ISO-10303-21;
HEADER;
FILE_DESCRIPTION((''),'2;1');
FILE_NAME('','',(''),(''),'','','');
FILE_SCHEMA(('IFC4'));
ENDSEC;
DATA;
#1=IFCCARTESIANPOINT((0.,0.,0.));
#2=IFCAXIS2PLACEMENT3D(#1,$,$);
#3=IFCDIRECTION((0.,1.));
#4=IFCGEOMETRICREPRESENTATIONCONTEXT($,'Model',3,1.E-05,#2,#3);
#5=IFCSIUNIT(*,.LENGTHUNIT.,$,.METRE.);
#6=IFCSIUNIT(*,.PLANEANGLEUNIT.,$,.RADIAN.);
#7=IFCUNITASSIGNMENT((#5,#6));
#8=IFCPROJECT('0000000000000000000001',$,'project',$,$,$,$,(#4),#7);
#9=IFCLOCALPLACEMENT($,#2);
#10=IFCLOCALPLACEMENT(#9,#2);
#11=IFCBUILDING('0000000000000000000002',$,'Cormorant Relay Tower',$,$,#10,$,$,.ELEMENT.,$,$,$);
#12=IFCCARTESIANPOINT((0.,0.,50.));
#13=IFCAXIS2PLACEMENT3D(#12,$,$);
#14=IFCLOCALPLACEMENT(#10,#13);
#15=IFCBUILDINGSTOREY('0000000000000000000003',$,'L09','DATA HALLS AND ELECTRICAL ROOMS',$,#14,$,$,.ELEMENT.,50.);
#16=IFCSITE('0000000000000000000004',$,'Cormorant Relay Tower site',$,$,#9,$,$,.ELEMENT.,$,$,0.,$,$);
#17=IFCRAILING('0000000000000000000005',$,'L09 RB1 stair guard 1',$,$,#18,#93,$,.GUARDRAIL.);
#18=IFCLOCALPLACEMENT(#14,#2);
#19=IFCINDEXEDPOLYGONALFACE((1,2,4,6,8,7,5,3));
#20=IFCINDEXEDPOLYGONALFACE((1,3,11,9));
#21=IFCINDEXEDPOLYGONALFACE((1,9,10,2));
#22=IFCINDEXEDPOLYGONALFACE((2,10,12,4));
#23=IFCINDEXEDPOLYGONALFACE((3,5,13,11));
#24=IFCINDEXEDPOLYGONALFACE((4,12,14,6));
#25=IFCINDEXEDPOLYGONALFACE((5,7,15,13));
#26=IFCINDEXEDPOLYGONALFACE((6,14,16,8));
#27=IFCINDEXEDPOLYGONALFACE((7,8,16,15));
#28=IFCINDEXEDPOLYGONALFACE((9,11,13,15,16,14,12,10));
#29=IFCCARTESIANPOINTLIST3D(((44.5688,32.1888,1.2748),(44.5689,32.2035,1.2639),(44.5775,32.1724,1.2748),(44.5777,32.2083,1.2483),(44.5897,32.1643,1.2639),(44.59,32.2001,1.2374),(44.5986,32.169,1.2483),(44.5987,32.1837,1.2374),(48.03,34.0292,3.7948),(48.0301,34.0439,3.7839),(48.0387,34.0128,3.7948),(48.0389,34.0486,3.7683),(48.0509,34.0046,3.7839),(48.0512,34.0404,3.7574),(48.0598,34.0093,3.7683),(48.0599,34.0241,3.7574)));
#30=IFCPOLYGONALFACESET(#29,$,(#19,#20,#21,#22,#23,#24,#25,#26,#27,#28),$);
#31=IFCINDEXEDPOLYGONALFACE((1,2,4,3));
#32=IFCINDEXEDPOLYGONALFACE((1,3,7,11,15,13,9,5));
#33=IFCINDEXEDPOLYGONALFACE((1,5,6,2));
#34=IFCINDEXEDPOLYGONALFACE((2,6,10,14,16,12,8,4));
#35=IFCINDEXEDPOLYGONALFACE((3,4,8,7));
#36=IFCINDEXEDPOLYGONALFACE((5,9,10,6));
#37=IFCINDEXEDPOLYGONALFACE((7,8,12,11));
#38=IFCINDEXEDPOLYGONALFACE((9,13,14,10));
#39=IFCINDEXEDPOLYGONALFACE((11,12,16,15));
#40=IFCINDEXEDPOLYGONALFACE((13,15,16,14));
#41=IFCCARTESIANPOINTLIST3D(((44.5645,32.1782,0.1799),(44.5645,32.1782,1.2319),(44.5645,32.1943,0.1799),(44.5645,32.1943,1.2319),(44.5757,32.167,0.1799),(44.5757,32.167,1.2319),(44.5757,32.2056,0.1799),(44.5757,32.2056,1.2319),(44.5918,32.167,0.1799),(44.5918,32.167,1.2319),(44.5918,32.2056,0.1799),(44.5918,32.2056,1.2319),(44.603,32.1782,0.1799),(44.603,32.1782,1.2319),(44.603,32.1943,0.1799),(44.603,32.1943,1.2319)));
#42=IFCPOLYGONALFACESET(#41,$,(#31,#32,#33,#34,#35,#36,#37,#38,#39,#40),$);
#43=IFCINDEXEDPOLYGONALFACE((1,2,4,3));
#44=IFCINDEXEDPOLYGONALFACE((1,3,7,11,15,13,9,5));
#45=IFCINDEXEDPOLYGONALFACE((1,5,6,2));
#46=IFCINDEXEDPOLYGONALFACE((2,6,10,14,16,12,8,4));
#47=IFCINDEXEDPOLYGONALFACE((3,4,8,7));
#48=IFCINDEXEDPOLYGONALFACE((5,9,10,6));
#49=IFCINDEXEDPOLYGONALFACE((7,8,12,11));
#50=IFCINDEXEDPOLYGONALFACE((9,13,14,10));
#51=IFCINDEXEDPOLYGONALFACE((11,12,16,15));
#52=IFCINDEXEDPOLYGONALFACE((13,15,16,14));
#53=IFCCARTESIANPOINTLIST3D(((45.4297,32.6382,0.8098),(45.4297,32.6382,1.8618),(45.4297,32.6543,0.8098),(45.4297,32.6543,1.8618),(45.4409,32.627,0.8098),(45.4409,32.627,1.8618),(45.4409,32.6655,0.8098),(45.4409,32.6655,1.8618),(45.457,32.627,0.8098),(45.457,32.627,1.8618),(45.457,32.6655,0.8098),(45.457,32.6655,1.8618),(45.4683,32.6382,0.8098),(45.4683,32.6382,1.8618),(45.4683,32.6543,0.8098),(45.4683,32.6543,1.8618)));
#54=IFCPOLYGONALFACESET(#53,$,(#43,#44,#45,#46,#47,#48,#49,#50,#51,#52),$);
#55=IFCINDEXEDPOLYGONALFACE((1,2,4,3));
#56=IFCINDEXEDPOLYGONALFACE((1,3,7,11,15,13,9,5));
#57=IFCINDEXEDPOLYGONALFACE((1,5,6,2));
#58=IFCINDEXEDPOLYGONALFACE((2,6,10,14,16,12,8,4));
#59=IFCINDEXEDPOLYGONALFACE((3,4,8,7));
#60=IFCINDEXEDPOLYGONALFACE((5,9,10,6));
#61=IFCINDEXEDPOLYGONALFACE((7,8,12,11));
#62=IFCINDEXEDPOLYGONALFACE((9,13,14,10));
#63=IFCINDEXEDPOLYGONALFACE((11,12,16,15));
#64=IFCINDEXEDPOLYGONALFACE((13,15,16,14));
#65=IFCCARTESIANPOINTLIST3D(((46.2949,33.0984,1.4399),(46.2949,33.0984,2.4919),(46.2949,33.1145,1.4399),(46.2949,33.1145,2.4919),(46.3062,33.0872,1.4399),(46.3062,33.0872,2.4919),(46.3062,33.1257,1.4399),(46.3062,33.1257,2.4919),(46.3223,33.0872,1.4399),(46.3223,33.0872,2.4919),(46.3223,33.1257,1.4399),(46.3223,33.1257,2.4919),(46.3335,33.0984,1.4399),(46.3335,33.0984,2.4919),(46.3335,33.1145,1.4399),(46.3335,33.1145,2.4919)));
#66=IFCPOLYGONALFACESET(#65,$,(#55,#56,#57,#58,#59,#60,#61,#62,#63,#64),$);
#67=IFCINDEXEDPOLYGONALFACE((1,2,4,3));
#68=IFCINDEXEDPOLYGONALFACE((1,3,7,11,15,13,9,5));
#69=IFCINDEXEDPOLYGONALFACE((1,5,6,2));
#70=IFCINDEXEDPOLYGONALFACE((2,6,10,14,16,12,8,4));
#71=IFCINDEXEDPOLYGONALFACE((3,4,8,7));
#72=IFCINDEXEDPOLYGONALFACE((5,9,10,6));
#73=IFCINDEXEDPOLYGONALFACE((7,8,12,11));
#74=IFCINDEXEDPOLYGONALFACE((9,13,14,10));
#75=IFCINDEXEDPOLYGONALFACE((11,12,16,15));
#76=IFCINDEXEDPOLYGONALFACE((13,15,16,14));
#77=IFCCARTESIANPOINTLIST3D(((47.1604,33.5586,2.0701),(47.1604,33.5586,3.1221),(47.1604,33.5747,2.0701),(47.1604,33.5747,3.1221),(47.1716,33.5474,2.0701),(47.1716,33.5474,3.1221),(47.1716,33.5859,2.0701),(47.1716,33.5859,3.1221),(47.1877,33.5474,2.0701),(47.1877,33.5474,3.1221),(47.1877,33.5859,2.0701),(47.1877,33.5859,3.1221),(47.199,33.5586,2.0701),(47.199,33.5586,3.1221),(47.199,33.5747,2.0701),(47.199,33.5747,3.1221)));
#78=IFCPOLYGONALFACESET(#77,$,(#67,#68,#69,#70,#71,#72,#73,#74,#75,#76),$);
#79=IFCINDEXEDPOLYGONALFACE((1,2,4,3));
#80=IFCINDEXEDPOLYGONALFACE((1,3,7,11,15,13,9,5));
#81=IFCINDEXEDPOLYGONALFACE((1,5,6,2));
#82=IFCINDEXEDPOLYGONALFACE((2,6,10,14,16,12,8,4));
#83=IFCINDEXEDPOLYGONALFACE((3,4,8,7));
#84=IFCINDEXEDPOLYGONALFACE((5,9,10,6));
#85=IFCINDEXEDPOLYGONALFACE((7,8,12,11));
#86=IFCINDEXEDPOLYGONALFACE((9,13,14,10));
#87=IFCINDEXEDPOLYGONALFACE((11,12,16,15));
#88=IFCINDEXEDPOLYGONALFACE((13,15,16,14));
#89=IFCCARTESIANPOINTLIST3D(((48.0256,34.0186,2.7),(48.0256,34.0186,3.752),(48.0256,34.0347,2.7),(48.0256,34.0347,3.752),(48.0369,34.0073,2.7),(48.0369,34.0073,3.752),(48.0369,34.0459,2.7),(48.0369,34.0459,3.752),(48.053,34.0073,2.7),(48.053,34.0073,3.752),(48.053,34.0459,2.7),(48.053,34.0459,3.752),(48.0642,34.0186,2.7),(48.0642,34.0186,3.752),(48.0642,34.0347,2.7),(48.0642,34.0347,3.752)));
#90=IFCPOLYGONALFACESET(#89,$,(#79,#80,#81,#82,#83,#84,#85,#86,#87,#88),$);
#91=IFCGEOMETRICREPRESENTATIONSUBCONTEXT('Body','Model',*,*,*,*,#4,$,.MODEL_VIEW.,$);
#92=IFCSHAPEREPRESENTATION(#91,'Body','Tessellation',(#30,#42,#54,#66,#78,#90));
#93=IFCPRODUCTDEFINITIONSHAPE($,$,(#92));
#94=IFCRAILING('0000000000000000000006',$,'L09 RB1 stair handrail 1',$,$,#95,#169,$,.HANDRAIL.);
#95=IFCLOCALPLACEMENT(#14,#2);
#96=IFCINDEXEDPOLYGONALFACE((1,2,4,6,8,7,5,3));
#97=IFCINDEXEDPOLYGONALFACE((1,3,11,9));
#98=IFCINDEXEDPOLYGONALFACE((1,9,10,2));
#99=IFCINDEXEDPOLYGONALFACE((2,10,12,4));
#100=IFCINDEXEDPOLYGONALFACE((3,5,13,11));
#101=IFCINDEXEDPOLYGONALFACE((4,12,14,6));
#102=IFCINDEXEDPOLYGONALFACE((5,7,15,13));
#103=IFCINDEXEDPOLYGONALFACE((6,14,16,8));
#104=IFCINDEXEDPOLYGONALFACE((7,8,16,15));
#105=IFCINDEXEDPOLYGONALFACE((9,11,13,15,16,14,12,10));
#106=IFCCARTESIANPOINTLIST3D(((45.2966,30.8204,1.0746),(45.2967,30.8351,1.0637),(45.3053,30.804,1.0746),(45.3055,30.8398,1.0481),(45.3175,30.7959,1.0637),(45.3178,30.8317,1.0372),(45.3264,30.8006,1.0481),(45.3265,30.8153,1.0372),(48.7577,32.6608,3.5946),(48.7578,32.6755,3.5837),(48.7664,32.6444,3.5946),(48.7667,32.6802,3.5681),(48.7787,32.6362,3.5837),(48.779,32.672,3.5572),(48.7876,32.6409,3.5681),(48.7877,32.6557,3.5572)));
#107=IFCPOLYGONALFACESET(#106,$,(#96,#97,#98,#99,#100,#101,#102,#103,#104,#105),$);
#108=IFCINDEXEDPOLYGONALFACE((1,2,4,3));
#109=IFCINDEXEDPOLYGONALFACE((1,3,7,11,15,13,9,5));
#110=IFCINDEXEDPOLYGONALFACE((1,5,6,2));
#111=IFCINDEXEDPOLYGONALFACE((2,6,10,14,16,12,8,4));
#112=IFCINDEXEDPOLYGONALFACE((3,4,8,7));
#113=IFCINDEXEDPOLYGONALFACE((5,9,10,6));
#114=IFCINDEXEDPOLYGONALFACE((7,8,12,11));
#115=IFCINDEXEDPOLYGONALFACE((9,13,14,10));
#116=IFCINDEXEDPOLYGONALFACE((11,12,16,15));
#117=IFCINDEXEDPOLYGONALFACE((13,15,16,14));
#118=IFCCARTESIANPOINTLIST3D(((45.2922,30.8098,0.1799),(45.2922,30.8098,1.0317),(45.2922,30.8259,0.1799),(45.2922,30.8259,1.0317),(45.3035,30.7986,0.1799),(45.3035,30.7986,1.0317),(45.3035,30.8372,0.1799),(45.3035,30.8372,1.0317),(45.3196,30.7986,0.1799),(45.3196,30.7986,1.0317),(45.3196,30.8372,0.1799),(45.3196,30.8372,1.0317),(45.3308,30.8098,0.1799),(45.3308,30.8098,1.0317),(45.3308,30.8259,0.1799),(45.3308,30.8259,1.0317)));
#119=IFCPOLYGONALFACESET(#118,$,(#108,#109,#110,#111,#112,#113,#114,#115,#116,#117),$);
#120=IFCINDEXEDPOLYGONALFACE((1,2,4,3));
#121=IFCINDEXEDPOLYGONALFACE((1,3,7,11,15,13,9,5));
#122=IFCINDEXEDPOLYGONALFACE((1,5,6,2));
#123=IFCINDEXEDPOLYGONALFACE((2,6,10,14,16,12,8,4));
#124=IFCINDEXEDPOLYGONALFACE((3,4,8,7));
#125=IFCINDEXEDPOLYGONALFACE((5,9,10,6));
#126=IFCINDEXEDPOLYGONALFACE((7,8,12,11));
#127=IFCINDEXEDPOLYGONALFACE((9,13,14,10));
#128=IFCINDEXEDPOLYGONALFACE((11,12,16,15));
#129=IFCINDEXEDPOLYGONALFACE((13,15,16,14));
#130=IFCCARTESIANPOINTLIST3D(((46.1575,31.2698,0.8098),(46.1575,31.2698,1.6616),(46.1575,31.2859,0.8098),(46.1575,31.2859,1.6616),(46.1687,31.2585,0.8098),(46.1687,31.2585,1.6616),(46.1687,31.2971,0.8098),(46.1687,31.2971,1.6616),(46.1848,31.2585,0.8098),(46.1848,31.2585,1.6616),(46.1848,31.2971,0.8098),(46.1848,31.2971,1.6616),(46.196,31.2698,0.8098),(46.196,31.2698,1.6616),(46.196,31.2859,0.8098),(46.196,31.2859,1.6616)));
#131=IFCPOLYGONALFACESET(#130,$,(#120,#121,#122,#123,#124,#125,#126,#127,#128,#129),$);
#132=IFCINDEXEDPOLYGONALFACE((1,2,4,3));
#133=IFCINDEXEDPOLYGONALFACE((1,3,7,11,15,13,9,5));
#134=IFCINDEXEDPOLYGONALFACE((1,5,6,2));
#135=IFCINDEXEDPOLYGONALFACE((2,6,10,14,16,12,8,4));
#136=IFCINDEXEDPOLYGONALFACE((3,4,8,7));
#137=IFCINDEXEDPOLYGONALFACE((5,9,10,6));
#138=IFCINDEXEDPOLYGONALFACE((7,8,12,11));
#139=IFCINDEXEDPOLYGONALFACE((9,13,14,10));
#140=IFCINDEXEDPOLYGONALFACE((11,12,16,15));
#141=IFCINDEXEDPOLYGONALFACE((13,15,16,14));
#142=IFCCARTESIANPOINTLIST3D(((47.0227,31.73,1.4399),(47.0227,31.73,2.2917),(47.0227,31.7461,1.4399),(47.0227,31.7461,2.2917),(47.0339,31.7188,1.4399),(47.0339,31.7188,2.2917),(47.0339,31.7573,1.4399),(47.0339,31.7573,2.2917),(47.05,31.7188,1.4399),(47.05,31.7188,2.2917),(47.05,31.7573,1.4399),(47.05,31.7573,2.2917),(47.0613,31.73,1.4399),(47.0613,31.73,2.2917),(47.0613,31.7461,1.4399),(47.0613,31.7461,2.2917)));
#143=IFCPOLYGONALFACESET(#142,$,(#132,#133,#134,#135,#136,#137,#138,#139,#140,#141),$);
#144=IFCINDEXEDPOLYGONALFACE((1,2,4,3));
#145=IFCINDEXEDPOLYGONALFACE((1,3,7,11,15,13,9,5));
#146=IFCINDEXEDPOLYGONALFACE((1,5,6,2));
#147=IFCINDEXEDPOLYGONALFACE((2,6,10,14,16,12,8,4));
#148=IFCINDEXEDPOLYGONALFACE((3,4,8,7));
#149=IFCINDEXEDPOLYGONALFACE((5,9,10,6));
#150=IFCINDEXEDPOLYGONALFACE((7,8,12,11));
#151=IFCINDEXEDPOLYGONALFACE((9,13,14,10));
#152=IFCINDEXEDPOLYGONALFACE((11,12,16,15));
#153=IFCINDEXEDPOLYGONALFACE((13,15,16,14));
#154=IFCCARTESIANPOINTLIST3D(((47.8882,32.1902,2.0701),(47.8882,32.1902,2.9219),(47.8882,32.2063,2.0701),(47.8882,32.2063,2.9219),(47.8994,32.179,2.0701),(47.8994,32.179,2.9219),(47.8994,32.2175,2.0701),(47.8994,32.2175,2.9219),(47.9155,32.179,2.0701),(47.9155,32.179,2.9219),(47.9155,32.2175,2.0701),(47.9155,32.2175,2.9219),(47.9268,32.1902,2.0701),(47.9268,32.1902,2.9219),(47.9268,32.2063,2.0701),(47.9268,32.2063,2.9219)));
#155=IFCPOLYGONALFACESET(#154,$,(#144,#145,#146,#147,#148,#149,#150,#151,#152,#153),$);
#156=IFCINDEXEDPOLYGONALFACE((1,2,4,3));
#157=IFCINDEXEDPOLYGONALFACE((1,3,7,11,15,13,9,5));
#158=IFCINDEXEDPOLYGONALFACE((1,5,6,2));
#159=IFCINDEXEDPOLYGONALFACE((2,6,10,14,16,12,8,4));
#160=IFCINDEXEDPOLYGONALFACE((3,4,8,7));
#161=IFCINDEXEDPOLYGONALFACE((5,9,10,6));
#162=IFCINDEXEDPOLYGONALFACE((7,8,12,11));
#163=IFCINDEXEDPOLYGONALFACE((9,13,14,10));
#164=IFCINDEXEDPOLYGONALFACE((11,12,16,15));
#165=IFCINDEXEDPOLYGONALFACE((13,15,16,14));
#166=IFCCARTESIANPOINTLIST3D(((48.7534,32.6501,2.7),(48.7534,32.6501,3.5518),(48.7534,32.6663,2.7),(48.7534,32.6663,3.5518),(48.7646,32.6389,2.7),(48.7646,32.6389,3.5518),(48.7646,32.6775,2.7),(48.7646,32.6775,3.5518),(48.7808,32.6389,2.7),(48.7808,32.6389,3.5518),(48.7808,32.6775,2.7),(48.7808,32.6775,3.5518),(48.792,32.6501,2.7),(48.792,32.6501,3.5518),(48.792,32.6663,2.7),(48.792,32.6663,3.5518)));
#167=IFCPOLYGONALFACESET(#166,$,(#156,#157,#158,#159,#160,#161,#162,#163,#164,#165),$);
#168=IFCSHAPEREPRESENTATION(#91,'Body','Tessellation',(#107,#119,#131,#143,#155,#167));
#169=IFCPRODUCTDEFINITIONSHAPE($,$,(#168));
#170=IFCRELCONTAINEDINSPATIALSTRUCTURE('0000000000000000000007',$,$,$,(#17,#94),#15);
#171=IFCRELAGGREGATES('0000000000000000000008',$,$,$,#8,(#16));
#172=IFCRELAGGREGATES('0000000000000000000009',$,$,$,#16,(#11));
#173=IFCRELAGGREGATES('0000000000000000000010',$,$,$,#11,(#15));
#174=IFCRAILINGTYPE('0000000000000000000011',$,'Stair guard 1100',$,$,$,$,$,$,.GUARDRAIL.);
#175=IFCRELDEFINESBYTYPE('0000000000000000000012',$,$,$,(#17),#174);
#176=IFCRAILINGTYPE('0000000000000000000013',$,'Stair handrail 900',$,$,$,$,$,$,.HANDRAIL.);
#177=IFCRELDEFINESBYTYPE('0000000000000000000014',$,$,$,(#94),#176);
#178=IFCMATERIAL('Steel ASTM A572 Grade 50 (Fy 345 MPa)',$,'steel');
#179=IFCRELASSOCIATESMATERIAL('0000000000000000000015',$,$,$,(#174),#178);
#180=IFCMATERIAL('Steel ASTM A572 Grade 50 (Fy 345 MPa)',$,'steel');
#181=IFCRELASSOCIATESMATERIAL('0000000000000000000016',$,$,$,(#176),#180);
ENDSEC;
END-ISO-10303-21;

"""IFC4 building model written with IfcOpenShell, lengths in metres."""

from ifc_helpers import new_model, si_unit, direction, frame, origin, place, context, subcontext, project, spatial, polyline, outline, extrude, material, type_object, element, save


model = new_model("IFC4")

# Units and contexts
model_context = context("Model", 3, precision=1e-05, world=origin(), true_north=direction((0.0, 1.0)))
body_context = subcontext(model_context, "Body", "Model", "MODEL_VIEW")
ifc_project = project(units=[si_unit("LENGTHUNIT", "METRE"), si_unit("PLANEANGLEUNIT", "RADIAN")], contexts=[model_context])

# Site, building, storey
site_placement = place(None, origin())
site = spatial("IfcSite", under=ifc_project, at=site_placement, Name="Cormorant Relay Tower site", CompositionType="ELEMENT", RefElevation=0.0)
building_placement = place(site_placement, origin())
building = spatial("IfcBuilding", under=site, at=building_placement, Name="Cormorant Relay Tower", CompositionType="ELEMENT")
storey_placement = place(building_placement, frame((0.0, 0.0, 50.0)))
storey = spatial("IfcBuildingStorey", under=building, at=storey_placement, Name="L09", Description="DATA HALLS AND ELECTRICAL ROOMS", CompositionType="ELEMENT", Elevation=50.0)

# Railings
ifc_material_1 = material(Name="Steel ASTM A572 Grade 50 (Fy 345 MPa)", Category="steel")
railing_type_1 = type_object("IfcRailingType", Name="Stair guard 1100", PredefinedType="GUARDRAIL", material=ifc_material_1)
railing_1_placement = place(storey_placement, frame((44.5837, 32.1863, 0.1799)))
element("IfcRailing", 1, at=railing_1_placement, inside=storey, type_object=railing_type_1, Name="L09 RB1 stair guard 1", PredefinedType="GUARDRAIL", context=body_context, shape_type="SweptSolid", body=[
    extrude(outline(polyline([(0.0222, 0.0093), (0.0093, 0.0222), (-0.0093, 0.0222), (-0.0222, 0.0093), (-0.0222, -0.0093), (-0.0093, -0.0222), (0.0093, -0.0222), (0.0222, -0.0093), (0.0222, 0.0093)])), frame((0.0, 0.0, 1.0762), z_axis=(0.742717, 0.394907, 0.540758), x_axis=(-0.469469, 0.882949, 0.0)), (0.0, 0.0, 1.0), 4.6602),
    extrude(outline(polyline([(0.0193, 0.0081), (0.0081, 0.0193), (-0.0081, 0.0193), (-0.0193, 0.0081), (-0.0193, -0.0081), (-0.0081, -0.0193), (0.0081, -0.0193), (0.0193, -0.0081), (0.0193, 0.0081)])), origin(), (0.0, 0.0, 1.0), 1.052),
    extrude(outline(polyline([(0.0193, 0.0081), (0.0081, 0.0193), (-0.0081, 0.0193), (-0.0193, 0.0081), (-0.0193, -0.0081), (-0.0081, -0.0193), (0.0081, -0.0193), (0.0193, -0.0081), (0.0193, 0.0081)])), frame((0.8652, 0.46, 0.6299)), (0.0, 0.0, 1.0), 1.052),
    extrude(outline(polyline([(0.0193, 0.0081), (0.0081, 0.0193), (-0.0081, 0.0193), (-0.0193, 0.0081), (-0.0193, -0.0081), (-0.0081, -0.0193), (0.0081, -0.0193), (0.0193, -0.0081), (0.0193, 0.0081)])), frame((1.7305, 0.9202, 1.26)), (0.0, 0.0, 1.0), 1.052),
    extrude(outline(polyline([(0.0193, 0.0081), (0.0081, 0.0193), (-0.0081, 0.0193), (-0.0193, 0.0081), (-0.0193, -0.0081), (-0.0081, -0.0193), (0.0081, -0.0193), (0.0193, -0.0081), (0.0193, 0.0081)])), frame((2.5959, 1.3804, 1.8901)), (0.0, 0.0, 1.0), 1.052),
    extrude(outline(polyline([(0.0193, 0.0081), (0.0081, 0.0193), (-0.0081, 0.0193), (-0.0193, 0.0081), (-0.0193, -0.0081), (-0.0081, -0.0193), (0.0081, -0.0193), (0.0193, -0.0081), (0.0193, 0.0081)])), frame((3.4612, 1.8403, 2.52)), (0.0, 0.0, 1.0), 1.052),
])
ifc_material_2 = material(Name="Steel ASTM A572 Grade 50 (Fy 345 MPa)", Category="steel")
railing_type_2 = type_object("IfcRailingType", Name="Stair handrail 900", PredefinedType="HANDRAIL", material=ifc_material_2)
railing_2_placement = place(storey_placement, frame((45.3115, 30.8179, 0.1799)))
element("IfcRailing", 2, at=railing_2_placement, inside=storey, type_object=railing_type_2, Name="L09 RB1 stair handrail 1", PredefinedType="HANDRAIL", context=body_context, shape_type="SweptSolid", body=[
    extrude(outline(polyline([(0.0222, 0.0093), (0.0093, 0.0222), (-0.0093, 0.0222), (-0.0222, 0.0093), (-0.0222, -0.0093), (-0.0093, -0.0222), (0.0093, -0.0222), (0.0222, -0.0093), (0.0222, 0.0093)])), frame((0.0, 0.0, 0.876), z_axis=(0.742717, 0.394907, 0.540758), x_axis=(-0.469469, 0.882949, 0.0)), (0.0, 0.0, 1.0), 4.6602),
    extrude(outline(polyline([(0.0193, 0.0081), (0.0081, 0.0193), (-0.0081, 0.0193), (-0.0193, 0.0081), (-0.0193, -0.0081), (-0.0081, -0.0193), (0.0081, -0.0193), (0.0193, -0.0081), (0.0193, 0.0081)])), origin(), (0.0, 0.0, 1.0), 0.8518),
    extrude(outline(polyline([(0.0193, 0.0081), (0.0081, 0.0193), (-0.0081, 0.0193), (-0.0193, 0.0081), (-0.0193, -0.0081), (-0.0081, -0.0193), (0.0081, -0.0193), (0.0193, -0.0081), (0.0193, 0.0081)])), frame((0.8652, 0.46, 0.6299)), (0.0, 0.0, 1.0), 0.8518),
    extrude(outline(polyline([(0.0193, 0.0081), (0.0081, 0.0193), (-0.0081, 0.0193), (-0.0193, 0.0081), (-0.0193, -0.0081), (-0.0081, -0.0193), (0.0081, -0.0193), (0.0193, -0.0081), (0.0193, 0.0081)])), frame((1.7305, 0.9202, 1.26)), (0.0, 0.0, 1.0), 0.8518),
    extrude(outline(polyline([(0.0193, 0.0081), (0.0081, 0.0193), (-0.0081, 0.0193), (-0.0193, 0.0081), (-0.0193, -0.0081), (-0.0081, -0.0193), (0.0081, -0.0193), (0.0193, -0.0081), (0.0193, 0.0081)])), frame((2.5959, 1.3804, 1.8901)), (0.0, 0.0, 1.0), 0.8518),
    extrude(outline(polyline([(0.0193, 0.0081), (0.0081, 0.0193), (-0.0081, 0.0193), (-0.0193, 0.0081), (-0.0193, -0.0081), (-0.0081, -0.0193), (0.0081, -0.0193), (0.0193, -0.0081), (0.0193, 0.0081)])), frame((3.4612, 1.8403, 2.52)), (0.0, 0.0, 1.0), 0.8518),
])

save(model, "model.ifc")
